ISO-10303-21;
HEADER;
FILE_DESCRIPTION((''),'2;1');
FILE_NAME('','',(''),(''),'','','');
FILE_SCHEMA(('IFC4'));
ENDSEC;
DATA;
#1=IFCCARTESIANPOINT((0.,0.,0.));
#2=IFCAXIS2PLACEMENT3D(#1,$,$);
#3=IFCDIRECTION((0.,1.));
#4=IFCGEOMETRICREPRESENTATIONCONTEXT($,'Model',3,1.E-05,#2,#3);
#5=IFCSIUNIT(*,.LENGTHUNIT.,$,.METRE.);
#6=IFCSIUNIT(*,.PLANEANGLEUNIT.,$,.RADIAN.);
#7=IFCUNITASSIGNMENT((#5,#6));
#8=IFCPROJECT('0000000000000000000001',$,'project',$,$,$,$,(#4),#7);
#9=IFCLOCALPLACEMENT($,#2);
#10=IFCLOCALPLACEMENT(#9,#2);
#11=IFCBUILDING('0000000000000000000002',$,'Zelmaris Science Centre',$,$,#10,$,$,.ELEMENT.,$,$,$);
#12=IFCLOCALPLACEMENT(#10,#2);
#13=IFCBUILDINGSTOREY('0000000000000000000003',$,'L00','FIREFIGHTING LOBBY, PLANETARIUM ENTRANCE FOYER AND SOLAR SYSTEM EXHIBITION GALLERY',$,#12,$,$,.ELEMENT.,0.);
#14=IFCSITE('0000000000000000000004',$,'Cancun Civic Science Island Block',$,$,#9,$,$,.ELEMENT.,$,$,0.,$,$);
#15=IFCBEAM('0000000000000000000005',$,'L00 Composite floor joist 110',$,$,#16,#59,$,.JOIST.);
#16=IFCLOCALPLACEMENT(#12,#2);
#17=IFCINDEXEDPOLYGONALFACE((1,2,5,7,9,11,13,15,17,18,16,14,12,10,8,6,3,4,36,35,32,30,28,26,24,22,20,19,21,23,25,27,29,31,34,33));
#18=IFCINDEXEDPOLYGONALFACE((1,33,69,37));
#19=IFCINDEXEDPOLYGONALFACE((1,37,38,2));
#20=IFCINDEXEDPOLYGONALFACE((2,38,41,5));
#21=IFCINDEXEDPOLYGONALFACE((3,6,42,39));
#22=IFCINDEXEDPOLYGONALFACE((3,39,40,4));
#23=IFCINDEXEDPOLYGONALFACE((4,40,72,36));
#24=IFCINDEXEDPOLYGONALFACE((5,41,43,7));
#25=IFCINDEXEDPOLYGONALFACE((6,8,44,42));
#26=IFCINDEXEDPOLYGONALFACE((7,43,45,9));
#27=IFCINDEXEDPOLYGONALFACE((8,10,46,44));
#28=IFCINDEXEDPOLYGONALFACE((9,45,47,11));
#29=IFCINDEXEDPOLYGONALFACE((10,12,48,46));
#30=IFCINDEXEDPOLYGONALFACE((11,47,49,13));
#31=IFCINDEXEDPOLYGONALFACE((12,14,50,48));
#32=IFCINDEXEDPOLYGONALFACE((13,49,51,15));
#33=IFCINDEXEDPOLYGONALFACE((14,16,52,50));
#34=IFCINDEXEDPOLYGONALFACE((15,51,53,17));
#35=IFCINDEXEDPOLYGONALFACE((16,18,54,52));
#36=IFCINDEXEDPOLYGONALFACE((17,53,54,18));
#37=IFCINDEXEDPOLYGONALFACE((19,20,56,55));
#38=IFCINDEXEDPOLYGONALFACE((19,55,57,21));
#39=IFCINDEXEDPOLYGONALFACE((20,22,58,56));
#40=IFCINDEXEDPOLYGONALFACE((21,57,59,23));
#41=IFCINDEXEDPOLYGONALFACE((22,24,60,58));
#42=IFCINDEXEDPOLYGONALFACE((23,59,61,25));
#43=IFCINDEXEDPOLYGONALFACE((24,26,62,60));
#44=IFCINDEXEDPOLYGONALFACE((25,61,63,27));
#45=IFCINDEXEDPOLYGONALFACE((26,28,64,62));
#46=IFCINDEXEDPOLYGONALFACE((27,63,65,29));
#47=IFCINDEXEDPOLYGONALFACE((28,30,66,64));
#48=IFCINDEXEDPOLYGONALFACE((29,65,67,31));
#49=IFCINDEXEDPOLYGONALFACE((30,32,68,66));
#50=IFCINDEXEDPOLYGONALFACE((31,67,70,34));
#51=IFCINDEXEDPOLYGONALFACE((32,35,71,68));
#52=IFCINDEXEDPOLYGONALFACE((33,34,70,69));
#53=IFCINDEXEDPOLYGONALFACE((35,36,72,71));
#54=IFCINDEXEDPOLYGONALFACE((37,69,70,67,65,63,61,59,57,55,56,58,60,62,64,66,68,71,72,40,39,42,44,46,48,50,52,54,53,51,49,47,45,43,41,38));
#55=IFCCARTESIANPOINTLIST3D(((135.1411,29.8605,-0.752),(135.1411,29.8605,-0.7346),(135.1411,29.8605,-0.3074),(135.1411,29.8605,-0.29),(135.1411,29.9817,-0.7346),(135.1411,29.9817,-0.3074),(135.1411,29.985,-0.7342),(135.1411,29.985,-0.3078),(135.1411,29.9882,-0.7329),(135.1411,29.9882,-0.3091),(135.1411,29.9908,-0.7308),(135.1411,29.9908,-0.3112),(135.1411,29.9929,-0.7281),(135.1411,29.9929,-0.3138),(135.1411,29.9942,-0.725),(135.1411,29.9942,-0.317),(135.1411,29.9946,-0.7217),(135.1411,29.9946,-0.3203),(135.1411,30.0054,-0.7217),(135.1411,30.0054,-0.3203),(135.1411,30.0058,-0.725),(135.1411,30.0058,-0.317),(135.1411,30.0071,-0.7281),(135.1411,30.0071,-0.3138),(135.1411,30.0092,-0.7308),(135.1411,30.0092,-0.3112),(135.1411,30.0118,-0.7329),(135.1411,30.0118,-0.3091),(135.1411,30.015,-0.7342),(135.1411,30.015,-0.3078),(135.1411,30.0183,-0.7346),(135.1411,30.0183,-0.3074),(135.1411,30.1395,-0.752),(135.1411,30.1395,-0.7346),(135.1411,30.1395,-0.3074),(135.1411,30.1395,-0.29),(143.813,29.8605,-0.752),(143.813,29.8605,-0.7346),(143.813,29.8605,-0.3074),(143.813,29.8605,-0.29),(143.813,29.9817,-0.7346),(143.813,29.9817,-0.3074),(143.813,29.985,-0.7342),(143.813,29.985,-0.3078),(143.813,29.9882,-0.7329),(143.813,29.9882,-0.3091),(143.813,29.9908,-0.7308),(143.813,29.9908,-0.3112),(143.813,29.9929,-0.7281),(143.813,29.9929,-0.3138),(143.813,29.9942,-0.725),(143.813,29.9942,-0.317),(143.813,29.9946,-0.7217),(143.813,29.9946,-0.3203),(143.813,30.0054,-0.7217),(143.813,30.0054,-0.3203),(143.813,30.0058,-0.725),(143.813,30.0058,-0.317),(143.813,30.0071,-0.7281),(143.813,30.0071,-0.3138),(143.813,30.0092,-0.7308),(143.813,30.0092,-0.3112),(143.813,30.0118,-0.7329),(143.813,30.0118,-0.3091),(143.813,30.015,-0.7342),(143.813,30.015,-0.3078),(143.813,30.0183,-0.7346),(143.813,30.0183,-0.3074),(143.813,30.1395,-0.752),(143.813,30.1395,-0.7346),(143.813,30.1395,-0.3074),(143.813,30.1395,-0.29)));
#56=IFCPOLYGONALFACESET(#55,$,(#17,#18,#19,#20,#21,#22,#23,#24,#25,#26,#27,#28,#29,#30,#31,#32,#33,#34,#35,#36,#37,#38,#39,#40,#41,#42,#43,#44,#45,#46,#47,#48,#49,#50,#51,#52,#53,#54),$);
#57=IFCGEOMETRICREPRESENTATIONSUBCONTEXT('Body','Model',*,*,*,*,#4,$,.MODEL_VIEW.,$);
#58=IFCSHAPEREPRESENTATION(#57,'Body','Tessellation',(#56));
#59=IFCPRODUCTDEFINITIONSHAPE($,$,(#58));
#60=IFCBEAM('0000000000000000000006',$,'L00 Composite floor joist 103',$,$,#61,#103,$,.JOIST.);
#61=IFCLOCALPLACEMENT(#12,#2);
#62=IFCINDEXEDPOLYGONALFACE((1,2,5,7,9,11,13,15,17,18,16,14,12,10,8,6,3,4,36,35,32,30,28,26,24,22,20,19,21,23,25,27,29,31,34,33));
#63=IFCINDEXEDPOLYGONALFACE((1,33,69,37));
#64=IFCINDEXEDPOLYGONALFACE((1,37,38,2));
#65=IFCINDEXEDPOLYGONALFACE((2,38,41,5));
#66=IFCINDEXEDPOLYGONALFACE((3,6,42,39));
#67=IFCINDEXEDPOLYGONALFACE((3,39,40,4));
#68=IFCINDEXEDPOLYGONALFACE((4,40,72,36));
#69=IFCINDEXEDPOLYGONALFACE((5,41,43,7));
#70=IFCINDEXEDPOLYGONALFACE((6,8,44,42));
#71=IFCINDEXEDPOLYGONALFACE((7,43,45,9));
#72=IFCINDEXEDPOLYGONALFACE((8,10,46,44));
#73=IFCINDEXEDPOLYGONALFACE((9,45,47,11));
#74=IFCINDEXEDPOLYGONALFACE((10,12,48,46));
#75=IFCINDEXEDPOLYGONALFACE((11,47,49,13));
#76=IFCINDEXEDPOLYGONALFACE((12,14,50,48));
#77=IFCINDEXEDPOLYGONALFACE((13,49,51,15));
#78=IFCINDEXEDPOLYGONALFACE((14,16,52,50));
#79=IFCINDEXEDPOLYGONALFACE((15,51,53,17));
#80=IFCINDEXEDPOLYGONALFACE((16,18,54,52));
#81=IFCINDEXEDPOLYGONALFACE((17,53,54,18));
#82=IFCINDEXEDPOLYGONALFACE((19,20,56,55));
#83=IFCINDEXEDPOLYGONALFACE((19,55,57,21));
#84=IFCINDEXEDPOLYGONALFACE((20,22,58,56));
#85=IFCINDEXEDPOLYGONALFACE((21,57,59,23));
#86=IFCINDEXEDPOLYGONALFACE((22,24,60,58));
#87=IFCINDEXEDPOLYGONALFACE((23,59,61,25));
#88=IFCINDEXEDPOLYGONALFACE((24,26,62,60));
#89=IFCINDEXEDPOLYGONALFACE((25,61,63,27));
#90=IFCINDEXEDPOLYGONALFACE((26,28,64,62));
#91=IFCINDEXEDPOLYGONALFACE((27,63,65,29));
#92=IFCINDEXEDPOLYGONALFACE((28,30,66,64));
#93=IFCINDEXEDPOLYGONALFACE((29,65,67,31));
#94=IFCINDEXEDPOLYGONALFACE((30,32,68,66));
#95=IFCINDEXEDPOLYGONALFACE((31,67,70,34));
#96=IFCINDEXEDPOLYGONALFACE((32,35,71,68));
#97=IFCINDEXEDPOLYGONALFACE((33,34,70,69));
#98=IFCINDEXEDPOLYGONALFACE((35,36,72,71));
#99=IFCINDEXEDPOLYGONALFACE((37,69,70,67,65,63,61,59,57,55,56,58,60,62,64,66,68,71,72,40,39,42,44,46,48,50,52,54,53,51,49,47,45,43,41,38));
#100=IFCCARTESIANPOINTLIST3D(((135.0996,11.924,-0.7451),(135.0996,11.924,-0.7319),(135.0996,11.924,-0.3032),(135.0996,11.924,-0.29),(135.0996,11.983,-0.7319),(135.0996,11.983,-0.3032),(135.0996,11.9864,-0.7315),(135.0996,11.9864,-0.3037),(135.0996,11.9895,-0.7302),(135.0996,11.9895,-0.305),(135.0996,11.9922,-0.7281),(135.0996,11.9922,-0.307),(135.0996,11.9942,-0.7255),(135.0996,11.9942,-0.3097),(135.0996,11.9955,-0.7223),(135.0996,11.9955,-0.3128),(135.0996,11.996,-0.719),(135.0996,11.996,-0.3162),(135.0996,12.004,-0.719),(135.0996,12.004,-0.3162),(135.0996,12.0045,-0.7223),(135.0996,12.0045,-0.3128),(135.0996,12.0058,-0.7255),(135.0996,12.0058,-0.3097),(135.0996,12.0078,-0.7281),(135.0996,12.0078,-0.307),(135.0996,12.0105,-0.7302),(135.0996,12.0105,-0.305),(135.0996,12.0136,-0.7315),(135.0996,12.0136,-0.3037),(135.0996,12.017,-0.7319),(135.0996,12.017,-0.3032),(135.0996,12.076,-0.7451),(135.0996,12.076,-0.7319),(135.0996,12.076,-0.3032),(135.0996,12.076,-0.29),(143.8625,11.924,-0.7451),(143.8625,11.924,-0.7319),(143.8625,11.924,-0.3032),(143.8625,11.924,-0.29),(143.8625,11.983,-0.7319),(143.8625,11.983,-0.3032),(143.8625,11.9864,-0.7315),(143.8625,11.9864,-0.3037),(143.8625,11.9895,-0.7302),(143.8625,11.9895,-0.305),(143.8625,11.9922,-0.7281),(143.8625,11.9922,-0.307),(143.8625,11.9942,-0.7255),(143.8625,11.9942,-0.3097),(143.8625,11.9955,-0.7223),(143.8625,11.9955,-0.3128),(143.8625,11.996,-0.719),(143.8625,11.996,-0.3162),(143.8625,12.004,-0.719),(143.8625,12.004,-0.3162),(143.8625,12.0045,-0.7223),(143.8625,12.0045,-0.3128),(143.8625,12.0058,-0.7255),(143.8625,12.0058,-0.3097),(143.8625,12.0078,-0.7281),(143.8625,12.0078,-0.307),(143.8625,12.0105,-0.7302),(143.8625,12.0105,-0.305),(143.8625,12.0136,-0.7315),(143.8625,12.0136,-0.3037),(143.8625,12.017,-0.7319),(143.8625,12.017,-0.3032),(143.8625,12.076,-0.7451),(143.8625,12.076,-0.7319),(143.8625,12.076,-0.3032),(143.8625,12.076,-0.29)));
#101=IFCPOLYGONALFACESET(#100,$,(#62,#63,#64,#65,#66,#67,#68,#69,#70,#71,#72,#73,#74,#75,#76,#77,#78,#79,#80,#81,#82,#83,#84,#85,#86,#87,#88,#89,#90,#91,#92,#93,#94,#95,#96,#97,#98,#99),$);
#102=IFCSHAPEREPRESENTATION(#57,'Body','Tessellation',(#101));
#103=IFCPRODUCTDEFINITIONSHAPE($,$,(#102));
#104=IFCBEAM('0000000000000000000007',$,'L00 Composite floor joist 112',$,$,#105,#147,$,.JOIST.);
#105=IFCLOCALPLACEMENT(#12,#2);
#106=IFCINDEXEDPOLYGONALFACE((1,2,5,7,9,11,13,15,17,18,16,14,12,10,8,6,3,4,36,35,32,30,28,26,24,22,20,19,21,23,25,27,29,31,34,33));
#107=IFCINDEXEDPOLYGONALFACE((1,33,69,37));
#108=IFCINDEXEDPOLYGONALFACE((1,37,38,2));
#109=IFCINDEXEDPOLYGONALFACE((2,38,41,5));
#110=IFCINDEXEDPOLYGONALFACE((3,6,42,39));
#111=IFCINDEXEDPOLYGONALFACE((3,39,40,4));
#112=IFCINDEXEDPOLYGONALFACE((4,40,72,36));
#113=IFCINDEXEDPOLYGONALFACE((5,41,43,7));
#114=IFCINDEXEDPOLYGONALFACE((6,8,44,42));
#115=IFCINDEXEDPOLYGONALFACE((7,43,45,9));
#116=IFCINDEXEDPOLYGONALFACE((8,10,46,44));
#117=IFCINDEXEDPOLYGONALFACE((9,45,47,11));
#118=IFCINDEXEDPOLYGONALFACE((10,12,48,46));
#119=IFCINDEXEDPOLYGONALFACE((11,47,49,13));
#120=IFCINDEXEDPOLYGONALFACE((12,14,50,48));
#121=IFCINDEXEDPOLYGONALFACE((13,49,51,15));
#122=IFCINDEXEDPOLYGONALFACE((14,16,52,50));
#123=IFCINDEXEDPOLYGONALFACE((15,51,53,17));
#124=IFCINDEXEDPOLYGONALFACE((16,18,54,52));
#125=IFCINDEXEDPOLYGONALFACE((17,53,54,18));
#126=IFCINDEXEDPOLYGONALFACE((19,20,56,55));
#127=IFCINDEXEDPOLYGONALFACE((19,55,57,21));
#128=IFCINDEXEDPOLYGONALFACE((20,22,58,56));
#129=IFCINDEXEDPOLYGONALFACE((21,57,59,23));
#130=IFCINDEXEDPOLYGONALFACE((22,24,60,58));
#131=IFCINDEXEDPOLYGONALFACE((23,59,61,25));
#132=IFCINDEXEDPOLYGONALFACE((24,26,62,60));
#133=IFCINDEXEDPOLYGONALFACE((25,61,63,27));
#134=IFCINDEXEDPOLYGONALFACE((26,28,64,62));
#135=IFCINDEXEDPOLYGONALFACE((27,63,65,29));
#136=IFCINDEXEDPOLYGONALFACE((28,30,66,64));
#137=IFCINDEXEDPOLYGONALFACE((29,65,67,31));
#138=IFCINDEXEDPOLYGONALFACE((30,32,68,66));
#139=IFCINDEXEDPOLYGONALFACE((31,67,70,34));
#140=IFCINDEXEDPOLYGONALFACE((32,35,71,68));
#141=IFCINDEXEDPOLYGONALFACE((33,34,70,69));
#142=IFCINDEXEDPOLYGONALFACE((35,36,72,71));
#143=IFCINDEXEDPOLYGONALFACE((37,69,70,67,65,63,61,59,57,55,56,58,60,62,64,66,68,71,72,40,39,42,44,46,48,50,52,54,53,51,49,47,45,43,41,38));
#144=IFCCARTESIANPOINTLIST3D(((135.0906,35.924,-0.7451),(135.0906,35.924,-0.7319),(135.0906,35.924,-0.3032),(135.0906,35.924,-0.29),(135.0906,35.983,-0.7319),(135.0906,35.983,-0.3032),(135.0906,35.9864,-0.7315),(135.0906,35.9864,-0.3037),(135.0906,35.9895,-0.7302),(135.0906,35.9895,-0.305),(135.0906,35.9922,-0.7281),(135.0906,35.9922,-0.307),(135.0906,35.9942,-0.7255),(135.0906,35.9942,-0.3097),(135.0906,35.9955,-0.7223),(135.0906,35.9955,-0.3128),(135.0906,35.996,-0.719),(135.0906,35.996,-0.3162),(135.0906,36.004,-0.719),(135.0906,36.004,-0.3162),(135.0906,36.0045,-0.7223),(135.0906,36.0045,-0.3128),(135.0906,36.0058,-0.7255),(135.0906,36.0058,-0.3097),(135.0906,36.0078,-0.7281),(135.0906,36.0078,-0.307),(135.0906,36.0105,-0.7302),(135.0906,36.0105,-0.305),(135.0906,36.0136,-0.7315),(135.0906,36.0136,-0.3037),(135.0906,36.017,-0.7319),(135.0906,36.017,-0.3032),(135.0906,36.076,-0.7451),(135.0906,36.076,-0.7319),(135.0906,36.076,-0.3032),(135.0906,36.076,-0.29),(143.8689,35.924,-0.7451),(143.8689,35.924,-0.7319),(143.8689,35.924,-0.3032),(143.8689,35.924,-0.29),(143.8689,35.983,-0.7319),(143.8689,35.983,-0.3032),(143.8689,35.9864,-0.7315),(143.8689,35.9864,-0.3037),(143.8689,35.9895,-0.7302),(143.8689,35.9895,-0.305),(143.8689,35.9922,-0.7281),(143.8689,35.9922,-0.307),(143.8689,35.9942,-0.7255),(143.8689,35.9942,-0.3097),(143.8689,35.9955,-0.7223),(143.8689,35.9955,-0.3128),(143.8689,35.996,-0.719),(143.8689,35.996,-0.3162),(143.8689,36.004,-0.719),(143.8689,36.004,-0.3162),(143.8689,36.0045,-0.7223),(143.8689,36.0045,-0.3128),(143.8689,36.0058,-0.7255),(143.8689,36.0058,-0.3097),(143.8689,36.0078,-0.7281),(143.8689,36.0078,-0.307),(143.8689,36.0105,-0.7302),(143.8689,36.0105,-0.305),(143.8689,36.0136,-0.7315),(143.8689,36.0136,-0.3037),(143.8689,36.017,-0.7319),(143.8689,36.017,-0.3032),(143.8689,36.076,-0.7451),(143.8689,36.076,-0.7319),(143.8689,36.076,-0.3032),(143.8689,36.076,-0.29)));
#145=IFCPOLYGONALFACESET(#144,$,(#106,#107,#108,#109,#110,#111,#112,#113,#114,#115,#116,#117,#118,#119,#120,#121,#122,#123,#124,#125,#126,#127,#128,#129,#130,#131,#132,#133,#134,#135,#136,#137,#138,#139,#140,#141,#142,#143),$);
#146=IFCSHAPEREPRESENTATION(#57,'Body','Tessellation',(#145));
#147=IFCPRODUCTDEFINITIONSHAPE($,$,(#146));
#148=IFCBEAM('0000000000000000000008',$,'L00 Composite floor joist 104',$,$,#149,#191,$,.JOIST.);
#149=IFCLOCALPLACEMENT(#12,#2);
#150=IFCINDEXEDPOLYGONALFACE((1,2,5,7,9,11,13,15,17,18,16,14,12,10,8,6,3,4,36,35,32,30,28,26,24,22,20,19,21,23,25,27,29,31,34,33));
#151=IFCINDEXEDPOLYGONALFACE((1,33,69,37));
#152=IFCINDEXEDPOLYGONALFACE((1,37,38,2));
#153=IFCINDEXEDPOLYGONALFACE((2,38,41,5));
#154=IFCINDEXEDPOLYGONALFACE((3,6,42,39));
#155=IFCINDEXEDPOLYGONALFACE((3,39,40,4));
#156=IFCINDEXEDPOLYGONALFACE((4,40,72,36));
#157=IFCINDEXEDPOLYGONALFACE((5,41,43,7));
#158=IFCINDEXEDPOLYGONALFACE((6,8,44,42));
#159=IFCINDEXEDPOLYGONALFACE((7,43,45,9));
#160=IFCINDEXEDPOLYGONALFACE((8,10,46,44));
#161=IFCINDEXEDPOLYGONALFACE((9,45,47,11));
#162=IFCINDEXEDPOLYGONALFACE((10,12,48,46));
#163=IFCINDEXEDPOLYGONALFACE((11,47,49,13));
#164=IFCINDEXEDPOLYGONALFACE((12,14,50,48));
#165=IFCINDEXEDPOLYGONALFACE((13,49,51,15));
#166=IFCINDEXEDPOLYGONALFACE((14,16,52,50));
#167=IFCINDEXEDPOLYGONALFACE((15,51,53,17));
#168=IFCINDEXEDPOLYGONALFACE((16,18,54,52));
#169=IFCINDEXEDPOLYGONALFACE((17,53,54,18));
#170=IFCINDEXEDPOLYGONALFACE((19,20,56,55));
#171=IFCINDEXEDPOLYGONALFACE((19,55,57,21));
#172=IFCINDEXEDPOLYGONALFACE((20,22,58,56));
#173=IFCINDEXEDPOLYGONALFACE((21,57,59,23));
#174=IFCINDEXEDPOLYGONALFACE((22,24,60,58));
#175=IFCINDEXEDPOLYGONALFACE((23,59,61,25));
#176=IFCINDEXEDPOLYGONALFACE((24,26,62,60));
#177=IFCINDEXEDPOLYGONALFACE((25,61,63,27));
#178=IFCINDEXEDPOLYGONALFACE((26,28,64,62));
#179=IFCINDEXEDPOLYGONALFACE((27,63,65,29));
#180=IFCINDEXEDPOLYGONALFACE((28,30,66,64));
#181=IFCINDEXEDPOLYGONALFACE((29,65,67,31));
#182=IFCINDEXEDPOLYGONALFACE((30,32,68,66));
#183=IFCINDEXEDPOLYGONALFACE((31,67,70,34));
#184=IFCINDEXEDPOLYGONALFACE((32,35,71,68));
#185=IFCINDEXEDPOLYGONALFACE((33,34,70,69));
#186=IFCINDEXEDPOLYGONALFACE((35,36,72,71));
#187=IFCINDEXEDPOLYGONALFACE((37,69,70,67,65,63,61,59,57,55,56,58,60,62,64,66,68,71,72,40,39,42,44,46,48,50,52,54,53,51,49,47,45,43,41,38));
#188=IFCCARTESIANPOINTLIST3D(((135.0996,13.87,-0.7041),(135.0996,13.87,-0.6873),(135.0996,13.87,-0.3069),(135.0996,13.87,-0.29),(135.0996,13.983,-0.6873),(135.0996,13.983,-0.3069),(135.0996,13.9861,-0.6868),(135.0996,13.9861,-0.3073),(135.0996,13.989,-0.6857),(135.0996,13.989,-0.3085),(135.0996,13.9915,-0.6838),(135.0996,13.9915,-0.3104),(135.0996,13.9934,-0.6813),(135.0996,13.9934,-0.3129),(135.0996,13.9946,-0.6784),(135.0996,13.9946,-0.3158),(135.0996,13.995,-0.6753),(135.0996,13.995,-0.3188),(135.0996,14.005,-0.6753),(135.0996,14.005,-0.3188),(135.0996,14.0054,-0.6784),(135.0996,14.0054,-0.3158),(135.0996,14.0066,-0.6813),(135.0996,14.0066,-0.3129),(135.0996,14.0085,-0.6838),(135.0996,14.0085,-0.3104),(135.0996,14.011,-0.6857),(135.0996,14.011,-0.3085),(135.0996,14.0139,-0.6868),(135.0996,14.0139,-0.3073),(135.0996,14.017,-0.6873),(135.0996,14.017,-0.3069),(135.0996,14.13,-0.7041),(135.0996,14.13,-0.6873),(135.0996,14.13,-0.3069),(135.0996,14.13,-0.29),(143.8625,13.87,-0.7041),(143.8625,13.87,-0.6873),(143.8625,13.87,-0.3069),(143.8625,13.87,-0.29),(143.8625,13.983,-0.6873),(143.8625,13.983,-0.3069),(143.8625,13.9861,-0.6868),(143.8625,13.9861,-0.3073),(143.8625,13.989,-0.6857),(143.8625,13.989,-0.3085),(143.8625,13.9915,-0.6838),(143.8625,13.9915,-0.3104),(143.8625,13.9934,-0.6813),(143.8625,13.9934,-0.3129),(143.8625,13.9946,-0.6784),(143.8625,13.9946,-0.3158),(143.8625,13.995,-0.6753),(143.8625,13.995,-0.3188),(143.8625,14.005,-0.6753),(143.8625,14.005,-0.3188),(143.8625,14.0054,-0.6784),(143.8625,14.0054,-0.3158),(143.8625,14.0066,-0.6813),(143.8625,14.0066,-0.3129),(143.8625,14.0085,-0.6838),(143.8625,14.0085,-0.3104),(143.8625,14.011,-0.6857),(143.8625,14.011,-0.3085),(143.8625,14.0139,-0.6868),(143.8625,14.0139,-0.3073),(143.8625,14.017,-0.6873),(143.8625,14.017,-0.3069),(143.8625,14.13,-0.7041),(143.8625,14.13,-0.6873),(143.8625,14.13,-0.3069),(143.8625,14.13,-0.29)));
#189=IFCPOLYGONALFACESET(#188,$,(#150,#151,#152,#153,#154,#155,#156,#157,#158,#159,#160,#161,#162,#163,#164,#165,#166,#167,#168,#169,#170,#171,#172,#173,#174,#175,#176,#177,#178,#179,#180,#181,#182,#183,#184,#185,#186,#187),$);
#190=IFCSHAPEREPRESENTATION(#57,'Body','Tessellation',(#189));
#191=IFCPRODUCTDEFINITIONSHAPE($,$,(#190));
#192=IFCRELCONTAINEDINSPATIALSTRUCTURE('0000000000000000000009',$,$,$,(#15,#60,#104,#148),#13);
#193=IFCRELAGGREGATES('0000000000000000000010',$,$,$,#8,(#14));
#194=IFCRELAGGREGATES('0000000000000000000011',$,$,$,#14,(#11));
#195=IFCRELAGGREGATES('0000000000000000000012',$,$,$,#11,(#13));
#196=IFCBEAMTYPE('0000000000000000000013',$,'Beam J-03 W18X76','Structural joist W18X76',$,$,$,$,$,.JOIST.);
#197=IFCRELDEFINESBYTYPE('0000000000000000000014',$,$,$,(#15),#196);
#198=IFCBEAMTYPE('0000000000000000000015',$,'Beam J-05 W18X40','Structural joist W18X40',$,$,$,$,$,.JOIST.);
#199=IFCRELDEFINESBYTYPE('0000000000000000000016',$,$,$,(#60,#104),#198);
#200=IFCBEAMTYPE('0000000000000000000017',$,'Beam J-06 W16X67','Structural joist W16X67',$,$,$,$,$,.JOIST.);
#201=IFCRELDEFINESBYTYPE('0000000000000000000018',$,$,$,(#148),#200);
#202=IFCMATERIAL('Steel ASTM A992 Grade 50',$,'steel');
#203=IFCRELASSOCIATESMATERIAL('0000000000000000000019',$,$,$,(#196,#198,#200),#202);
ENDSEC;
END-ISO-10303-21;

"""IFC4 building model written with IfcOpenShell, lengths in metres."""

from ifc_helpers import new_model, si_unit, direction, frame, origin, origin_2d, place, context, subcontext, project, spatial, i_section, extrude, material, material_profile, profile_set, type_object, element, save


model = new_model("IFC4")

# Units and contexts
model_context = context("Model", 3, precision=1e-05, world=origin(), true_north=direction((0.0, 1.0)))
body_context = subcontext(model_context, "Body", "Model", "MODEL_VIEW")
ifc_project = project(units=[si_unit("LENGTHUNIT", "METRE"), si_unit("PLANEANGLEUNIT", "RADIAN")], contexts=[model_context])

# Site, building, storey
site_placement = place(None, origin())
site = spatial("IfcSite", under=ifc_project, at=site_placement, Name="Cancun Civic Science Island Block", CompositionType="ELEMENT", RefElevation=0.0)
building_placement = place(site_placement, origin())
building = spatial("IfcBuilding", under=site, at=building_placement, Name="Zelmaris Science Centre", CompositionType="ELEMENT")
storey_placement = place(building_placement, origin())
storey = spatial("IfcBuildingStorey", under=building, at=storey_placement, Name="L00", Description="FIREFIGHTING LOBBY, PLANETARIUM ENTRANCE FOYER AND SOLAR SYSTEM EXHIBITION GALLERY", CompositionType="ELEMENT", Elevation=0.0)

# Shared definitions
ifc_material_1 = material(Name="Steel ASTM A992 Grade 50", Category="steel")

# Beams
ifc_material_profile_1 = material_profile(ifc_material_1, i_section(OverallWidth=0.2791, OverallDepth=0.4619, WebThickness=0.0107, FlangeThickness=0.0173, FilletRadius=0.0129, at=origin_2d()), Name="W18X76")
ifc_profile_set_1 = profile_set([ifc_material_profile_1], Name="Steel ASTM A992 Grade 50")
beam_type_1 = type_object("IfcBeamType", Name="Beam J-03 W18X76", Description="Structural joist W18X76", PredefinedType="JOIST", material=ifc_profile_set_1)
beam_1_placement = place(storey_placement, frame((135.1411, 30.0, -0.521), z_axis=(1.0, 0.0, 0.0), x_axis=(0.0, 1.0, 0.0)))
element("IfcBeam", 1, at=beam_1_placement, inside=storey, type_object=beam_type_1, Name="L00 Composite floor joist 110", PredefinedType="JOIST", context=body_context, shape_type="SweptSolid", body=[
    extrude(i_section(OverallWidth=0.2791, OverallDepth=0.4619, WebThickness=0.0107, FlangeThickness=0.0173, FilletRadius=0.0129, at=origin_2d()), origin(), (0.0, 0.0, 1.0), 8.6719),
])
ifc_material_profile_2 = material_profile(ifc_material_1, i_section(OverallWidth=0.1521, OverallDepth=0.4551, WebThickness=0.0081, FlangeThickness=0.0132, FilletRadius=0.0129, at=origin_2d()), Name="W18X40")
ifc_profile_set_2 = profile_set([ifc_material_profile_2], Name="Steel ASTM A992 Grade 50")
beam_type_2 = type_object("IfcBeamType", Name="Beam J-05 W18X40", Description="Structural joist W18X40", PredefinedType="JOIST", material=ifc_profile_set_2)
beam_2_placement = place(storey_placement, frame((135.0996, 12.0, -0.5176), z_axis=(1.0, 0.0, 0.0), x_axis=(0.0, 1.0, 0.0)))
element("IfcBeam", 2, at=beam_2_placement, inside=storey, type_object=beam_type_2, Name="L00 Composite floor joist 103", PredefinedType="JOIST", context=body_context, shape_type="SweptSolid", body=[
    extrude(i_section(OverallWidth=0.1521, OverallDepth=0.4551, WebThickness=0.0081, FlangeThickness=0.0132, FilletRadius=0.0129, at=origin_2d()), origin(), (0.0, 0.0, 1.0), 8.7629),
])
beam_3_placement = place(storey_placement, frame((135.0906, 36.0, -0.5176), z_axis=(1.0, 0.0, 0.0), x_axis=(0.0, 1.0, 0.0)))
element("IfcBeam", 3, at=beam_3_placement, inside=storey, type_object=beam_type_2, Name="L00 Composite floor joist 112", PredefinedType="JOIST", context=body_context, shape_type="SweptSolid", body=[
    extrude(i_section(OverallWidth=0.1521, OverallDepth=0.4551, WebThickness=0.0081, FlangeThickness=0.0132, FilletRadius=0.0129, at=origin_2d()), origin(), (0.0, 0.0, 1.0), 8.7783),
])
ifc_material_profile_3 = material_profile(ifc_material_1, i_section(OverallWidth=0.26, OverallDepth=0.4141, WebThickness=0.01, FlangeThickness=0.0168, FilletRadius=0.012, at=origin_2d()), Name="W16X67")
ifc_profile_set_3 = profile_set([ifc_material_profile_3], Name="Steel ASTM A992 Grade 50")
beam_type_3 = type_object("IfcBeamType", Name="Beam J-06 W16X67", Description="Structural joist W16X67", PredefinedType="JOIST", material=ifc_profile_set_3)
beam_4_placement = place(storey_placement, frame((135.0996, 14.0, -0.4971), z_axis=(1.0, 0.0, 0.0), x_axis=(0.0, 1.0, 0.0)))
element("IfcBeam", 4, at=beam_4_placement, inside=storey, type_object=beam_type_3, Name="L00 Composite floor joist 104", PredefinedType="JOIST", context=body_context, shape_type="SweptSolid", body=[
    extrude(i_section(OverallWidth=0.26, OverallDepth=0.4141, WebThickness=0.01, FlangeThickness=0.0168, FilletRadius=0.012, at=origin_2d()), origin(), (0.0, 0.0, 1.0), 8.7629),
])

save(model, "model.ifc")
